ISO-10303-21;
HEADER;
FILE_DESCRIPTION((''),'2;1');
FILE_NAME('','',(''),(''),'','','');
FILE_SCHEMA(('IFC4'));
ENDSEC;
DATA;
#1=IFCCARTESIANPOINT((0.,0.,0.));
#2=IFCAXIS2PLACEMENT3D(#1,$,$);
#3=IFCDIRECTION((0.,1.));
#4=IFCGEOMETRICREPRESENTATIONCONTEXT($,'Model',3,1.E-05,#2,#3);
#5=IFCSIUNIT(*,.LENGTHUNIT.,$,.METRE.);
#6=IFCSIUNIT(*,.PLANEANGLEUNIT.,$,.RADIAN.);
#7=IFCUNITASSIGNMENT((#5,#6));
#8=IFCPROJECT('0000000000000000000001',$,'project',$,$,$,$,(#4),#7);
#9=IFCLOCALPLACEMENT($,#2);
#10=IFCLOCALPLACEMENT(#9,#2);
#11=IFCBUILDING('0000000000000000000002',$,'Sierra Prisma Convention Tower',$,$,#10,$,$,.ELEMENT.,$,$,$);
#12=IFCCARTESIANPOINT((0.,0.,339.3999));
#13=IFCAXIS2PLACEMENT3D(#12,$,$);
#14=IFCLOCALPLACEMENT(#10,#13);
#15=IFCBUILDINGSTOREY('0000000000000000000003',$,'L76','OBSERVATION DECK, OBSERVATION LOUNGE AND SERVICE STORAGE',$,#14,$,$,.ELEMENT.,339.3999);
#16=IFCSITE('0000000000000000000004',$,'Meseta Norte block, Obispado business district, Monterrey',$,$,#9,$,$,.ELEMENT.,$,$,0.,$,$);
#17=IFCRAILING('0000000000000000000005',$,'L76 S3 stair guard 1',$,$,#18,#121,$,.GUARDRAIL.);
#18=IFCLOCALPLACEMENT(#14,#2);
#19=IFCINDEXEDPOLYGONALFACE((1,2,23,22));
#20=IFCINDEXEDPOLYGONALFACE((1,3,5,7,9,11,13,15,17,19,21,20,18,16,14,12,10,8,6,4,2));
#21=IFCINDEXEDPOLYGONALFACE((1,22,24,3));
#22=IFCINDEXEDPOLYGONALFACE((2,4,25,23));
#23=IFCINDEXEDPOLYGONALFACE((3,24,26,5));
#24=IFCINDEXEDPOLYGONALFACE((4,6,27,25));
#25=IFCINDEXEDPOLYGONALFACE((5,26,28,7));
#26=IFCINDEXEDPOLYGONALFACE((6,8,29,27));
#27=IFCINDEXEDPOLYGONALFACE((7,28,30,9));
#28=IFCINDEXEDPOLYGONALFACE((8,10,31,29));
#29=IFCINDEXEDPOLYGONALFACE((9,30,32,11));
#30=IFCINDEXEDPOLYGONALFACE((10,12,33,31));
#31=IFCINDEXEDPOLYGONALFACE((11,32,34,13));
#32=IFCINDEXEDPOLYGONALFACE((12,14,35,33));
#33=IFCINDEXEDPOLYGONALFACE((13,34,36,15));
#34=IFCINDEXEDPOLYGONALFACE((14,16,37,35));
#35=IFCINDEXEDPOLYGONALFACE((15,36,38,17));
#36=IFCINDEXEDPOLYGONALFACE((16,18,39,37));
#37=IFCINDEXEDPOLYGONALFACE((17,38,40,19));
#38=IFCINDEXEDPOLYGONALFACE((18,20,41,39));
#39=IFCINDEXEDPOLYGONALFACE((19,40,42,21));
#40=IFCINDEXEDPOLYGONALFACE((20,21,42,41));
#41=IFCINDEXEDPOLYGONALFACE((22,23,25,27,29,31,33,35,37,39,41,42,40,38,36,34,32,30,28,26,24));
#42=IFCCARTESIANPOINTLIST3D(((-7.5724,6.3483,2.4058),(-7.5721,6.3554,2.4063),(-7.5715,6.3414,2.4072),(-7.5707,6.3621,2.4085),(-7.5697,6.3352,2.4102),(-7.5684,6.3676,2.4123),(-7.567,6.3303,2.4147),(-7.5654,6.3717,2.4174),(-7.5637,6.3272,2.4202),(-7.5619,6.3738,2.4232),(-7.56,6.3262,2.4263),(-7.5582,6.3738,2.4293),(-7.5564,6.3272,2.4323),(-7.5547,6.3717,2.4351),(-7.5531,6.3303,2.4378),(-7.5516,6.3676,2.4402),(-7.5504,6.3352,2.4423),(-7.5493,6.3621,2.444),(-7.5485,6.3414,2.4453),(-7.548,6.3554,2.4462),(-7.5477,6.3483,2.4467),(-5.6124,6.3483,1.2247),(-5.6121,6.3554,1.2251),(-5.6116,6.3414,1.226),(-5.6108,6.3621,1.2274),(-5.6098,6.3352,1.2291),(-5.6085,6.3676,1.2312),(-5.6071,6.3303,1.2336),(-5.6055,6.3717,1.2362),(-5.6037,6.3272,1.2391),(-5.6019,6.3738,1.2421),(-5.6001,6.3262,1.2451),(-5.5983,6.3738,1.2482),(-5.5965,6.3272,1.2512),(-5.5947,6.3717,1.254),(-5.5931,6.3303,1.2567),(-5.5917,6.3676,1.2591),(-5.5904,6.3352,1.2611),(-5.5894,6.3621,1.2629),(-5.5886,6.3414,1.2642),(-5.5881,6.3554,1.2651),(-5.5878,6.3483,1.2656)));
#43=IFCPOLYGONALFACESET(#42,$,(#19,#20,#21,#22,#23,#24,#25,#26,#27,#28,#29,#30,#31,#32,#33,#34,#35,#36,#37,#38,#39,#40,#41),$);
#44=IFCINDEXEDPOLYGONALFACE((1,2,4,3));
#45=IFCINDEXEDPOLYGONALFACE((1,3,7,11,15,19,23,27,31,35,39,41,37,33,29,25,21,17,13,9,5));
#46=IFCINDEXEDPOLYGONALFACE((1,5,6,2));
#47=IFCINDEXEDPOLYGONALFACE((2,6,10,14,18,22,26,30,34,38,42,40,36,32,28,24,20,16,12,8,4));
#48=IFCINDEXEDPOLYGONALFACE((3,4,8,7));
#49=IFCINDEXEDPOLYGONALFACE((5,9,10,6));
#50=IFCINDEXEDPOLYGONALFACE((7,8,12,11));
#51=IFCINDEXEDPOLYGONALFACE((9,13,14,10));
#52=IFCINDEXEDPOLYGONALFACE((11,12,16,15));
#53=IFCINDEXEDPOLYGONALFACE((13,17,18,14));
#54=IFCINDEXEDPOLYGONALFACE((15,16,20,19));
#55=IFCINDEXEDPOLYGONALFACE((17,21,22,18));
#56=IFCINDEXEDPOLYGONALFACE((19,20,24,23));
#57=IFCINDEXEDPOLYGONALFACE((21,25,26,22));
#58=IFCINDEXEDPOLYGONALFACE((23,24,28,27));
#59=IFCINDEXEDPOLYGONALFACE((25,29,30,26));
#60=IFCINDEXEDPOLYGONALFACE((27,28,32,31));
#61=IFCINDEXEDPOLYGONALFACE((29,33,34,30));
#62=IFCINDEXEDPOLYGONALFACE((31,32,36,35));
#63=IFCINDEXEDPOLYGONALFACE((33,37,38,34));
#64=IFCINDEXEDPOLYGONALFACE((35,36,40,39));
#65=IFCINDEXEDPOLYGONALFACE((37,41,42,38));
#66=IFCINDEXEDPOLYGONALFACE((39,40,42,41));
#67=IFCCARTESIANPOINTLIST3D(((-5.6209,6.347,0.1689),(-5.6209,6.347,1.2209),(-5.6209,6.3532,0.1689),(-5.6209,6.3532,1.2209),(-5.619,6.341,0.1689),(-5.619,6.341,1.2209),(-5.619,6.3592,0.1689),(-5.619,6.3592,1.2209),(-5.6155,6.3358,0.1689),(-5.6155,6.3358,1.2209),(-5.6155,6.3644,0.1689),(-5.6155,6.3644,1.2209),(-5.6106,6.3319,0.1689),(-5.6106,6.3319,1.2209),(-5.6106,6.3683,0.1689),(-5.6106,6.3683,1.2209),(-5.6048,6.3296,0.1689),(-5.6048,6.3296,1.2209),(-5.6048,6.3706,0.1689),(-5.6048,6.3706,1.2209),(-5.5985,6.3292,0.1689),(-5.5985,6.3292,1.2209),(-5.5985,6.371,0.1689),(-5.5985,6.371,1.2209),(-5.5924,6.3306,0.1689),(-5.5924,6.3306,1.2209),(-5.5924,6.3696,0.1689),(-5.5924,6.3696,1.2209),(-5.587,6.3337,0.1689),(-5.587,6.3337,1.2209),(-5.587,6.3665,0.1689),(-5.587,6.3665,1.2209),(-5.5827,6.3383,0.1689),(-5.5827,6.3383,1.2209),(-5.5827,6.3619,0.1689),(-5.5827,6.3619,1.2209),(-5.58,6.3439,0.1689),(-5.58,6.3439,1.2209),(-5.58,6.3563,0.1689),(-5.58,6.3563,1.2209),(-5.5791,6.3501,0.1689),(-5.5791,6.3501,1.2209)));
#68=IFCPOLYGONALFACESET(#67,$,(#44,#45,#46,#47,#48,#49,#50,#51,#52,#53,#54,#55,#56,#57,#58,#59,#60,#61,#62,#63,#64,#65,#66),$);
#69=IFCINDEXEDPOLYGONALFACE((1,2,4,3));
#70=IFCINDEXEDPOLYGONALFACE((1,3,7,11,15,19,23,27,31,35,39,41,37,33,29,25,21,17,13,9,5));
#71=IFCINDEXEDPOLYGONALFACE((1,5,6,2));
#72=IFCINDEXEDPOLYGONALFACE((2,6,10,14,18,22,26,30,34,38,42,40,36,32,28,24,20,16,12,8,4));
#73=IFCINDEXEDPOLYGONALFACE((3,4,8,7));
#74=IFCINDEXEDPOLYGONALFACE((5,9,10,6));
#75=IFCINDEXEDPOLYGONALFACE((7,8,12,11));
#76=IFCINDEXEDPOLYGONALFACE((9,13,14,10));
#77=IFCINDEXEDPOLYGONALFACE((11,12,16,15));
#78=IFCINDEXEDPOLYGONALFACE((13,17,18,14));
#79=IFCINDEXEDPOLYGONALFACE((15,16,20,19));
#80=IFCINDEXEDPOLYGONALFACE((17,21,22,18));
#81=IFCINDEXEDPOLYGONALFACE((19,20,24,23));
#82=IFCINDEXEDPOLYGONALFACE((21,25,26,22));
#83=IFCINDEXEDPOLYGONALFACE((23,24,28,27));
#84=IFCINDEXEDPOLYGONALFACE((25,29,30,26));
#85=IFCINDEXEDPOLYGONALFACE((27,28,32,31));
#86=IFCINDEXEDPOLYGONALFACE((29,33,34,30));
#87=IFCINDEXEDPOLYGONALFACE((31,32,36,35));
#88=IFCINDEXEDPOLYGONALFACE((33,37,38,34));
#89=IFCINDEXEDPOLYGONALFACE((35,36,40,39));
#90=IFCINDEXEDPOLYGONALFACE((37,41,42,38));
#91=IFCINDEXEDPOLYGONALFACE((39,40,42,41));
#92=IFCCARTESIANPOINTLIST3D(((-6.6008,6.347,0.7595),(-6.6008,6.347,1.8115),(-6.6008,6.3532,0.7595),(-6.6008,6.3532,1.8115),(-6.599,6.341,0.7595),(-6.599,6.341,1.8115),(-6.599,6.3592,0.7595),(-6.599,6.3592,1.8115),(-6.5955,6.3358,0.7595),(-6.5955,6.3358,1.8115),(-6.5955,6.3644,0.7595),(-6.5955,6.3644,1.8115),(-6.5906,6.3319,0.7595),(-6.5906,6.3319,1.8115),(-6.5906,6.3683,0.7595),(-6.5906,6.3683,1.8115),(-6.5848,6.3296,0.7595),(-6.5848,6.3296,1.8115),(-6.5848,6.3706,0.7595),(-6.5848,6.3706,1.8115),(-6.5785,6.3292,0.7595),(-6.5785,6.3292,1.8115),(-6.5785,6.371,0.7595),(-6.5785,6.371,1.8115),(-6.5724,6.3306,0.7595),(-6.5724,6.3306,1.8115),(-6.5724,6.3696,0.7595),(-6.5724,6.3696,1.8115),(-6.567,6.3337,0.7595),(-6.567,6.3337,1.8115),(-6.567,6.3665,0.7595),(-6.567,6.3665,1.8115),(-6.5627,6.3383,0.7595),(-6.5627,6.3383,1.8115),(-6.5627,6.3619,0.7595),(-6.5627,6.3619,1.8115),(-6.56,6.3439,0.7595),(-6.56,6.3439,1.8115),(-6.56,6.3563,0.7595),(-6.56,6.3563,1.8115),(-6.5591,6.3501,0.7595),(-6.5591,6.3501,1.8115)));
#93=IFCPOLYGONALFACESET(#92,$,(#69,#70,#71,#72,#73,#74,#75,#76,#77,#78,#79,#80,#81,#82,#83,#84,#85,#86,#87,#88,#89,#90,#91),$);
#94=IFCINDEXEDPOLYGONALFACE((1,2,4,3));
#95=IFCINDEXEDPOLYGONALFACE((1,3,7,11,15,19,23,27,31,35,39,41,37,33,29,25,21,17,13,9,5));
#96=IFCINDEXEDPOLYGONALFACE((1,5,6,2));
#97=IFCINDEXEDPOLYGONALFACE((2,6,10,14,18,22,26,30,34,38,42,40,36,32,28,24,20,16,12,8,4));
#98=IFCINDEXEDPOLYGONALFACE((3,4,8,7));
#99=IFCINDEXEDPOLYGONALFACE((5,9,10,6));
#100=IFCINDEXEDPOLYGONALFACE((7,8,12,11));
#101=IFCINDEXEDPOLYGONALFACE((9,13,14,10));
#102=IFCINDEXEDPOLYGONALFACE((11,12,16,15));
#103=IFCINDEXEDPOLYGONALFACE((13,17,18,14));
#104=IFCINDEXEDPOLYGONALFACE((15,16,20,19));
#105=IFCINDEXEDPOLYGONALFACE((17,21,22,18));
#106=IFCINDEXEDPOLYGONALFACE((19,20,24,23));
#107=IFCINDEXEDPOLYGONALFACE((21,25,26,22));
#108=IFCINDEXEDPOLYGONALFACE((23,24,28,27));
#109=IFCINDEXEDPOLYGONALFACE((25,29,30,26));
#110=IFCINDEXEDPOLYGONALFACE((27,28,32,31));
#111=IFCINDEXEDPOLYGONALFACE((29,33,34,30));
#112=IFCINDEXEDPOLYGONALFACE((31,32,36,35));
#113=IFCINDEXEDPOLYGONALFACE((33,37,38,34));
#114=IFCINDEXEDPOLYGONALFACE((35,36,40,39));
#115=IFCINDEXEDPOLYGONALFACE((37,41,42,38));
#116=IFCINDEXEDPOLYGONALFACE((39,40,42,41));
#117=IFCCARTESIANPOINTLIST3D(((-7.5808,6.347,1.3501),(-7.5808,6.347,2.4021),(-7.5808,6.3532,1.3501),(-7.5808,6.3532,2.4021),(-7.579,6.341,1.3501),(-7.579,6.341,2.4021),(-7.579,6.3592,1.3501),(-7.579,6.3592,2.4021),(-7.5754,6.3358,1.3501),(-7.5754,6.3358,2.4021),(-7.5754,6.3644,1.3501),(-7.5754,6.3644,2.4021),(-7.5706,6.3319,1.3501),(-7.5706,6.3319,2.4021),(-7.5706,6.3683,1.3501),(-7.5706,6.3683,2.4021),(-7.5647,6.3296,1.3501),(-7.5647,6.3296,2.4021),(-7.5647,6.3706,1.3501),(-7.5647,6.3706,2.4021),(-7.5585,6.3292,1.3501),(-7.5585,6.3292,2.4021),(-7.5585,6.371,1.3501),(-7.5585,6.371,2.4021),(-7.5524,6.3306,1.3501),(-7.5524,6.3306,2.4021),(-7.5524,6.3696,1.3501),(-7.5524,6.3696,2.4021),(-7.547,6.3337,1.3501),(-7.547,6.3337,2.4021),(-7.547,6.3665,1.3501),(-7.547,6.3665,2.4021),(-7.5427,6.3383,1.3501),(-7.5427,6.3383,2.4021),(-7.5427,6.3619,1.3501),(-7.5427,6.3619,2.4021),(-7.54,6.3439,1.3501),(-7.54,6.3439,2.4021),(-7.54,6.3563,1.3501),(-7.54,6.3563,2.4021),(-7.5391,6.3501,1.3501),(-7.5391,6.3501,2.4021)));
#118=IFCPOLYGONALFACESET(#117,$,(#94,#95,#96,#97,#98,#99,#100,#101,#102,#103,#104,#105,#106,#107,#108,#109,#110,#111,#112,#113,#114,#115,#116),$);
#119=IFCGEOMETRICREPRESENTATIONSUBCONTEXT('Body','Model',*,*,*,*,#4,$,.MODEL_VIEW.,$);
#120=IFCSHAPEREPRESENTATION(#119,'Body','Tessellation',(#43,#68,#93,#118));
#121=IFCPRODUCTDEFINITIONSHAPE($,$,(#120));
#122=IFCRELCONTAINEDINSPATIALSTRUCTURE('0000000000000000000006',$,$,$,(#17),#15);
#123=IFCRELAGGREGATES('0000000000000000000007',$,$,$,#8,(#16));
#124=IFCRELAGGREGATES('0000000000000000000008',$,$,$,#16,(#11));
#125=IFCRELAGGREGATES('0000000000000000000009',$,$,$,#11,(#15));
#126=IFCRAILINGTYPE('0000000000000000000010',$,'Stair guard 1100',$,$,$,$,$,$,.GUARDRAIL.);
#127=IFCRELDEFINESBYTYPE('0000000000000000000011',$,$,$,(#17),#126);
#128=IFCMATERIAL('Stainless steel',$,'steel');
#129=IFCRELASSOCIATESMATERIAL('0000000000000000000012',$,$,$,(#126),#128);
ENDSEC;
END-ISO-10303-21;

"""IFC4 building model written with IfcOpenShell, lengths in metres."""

from ifc_helpers import new_model, si_unit, direction, frame, origin, origin_2d, place, context, subcontext, project, spatial, circle, extrude, material, type_object, element, save


model = new_model("IFC4")

# Units and contexts
model_context = context("Model", 3, precision=1e-05, world=origin(), true_north=direction((0.0, 1.0)))
body_context = subcontext(model_context, "Body", "Model", "MODEL_VIEW")
ifc_project = project(units=[si_unit("LENGTHUNIT", "METRE"), si_unit("PLANEANGLEUNIT", "RADIAN")], contexts=[model_context])

# Site, building, storey
site_placement = place(None, origin())
site = spatial("IfcSite", under=ifc_project, at=site_placement, Name="Meseta Norte block, Obispado business district, Monterrey", CompositionType="ELEMENT", RefElevation=0.0)
building_placement = place(site_placement, origin())
building = spatial("IfcBuilding", under=site, at=building_placement, Name="Sierra Prisma Convention Tower", CompositionType="ELEMENT")
storey_placement = place(building_placement, frame((0.0, 0.0, 339.3999)))
storey = spatial("IfcBuildingStorey", under=building, at=storey_placement, Name="L76", Description="OBSERVATION DECK, OBSERVATION LOUNGE AND SERVICE STORAGE", CompositionType="ELEMENT", Elevation=339.3999)

# Railing
ifc_material_1 = material(Name="Stainless steel", Category="steel")
railing_type = type_object("IfcRailingType", Name="Stair guard 1100", PredefinedType="GUARDRAIL", material=ifc_material_1)
railing_1_placement = place(storey_placement, frame((-5.6001, 6.3501, 0.1689)))
element("IfcRailing", 1, at=railing_1_placement, inside=storey, type_object=railing_type, Name="L76 S3 stair guard 1", PredefinedType="GUARDRAIL", context=body_context, shape_type="SweptSolid", body=[
    extrude(circle(Radius=0.0239, at=origin_2d()), frame((0.0, 0.0, 1.0762), z_axis=(-0.856493, 0.0, 0.516158), x_axis=(0.0, -1.0, 0.0)), (0.0, 0.0, 1.0), 2.2883),
    extrude(circle(Radius=0.021, at=origin_2d()), origin(), (0.0, 0.0, 1.0), 1.052),
    extrude(circle(Radius=0.021, at=origin_2d()), frame((-0.98, 0.0, 0.5906)), (0.0, 0.0, 1.0), 1.052),
    extrude(circle(Radius=0.021, at=origin_2d()), frame((-1.96, 0.0, 1.1812)), (0.0, 0.0, 1.0), 1.052),
])

save(model, "model.ifc")
